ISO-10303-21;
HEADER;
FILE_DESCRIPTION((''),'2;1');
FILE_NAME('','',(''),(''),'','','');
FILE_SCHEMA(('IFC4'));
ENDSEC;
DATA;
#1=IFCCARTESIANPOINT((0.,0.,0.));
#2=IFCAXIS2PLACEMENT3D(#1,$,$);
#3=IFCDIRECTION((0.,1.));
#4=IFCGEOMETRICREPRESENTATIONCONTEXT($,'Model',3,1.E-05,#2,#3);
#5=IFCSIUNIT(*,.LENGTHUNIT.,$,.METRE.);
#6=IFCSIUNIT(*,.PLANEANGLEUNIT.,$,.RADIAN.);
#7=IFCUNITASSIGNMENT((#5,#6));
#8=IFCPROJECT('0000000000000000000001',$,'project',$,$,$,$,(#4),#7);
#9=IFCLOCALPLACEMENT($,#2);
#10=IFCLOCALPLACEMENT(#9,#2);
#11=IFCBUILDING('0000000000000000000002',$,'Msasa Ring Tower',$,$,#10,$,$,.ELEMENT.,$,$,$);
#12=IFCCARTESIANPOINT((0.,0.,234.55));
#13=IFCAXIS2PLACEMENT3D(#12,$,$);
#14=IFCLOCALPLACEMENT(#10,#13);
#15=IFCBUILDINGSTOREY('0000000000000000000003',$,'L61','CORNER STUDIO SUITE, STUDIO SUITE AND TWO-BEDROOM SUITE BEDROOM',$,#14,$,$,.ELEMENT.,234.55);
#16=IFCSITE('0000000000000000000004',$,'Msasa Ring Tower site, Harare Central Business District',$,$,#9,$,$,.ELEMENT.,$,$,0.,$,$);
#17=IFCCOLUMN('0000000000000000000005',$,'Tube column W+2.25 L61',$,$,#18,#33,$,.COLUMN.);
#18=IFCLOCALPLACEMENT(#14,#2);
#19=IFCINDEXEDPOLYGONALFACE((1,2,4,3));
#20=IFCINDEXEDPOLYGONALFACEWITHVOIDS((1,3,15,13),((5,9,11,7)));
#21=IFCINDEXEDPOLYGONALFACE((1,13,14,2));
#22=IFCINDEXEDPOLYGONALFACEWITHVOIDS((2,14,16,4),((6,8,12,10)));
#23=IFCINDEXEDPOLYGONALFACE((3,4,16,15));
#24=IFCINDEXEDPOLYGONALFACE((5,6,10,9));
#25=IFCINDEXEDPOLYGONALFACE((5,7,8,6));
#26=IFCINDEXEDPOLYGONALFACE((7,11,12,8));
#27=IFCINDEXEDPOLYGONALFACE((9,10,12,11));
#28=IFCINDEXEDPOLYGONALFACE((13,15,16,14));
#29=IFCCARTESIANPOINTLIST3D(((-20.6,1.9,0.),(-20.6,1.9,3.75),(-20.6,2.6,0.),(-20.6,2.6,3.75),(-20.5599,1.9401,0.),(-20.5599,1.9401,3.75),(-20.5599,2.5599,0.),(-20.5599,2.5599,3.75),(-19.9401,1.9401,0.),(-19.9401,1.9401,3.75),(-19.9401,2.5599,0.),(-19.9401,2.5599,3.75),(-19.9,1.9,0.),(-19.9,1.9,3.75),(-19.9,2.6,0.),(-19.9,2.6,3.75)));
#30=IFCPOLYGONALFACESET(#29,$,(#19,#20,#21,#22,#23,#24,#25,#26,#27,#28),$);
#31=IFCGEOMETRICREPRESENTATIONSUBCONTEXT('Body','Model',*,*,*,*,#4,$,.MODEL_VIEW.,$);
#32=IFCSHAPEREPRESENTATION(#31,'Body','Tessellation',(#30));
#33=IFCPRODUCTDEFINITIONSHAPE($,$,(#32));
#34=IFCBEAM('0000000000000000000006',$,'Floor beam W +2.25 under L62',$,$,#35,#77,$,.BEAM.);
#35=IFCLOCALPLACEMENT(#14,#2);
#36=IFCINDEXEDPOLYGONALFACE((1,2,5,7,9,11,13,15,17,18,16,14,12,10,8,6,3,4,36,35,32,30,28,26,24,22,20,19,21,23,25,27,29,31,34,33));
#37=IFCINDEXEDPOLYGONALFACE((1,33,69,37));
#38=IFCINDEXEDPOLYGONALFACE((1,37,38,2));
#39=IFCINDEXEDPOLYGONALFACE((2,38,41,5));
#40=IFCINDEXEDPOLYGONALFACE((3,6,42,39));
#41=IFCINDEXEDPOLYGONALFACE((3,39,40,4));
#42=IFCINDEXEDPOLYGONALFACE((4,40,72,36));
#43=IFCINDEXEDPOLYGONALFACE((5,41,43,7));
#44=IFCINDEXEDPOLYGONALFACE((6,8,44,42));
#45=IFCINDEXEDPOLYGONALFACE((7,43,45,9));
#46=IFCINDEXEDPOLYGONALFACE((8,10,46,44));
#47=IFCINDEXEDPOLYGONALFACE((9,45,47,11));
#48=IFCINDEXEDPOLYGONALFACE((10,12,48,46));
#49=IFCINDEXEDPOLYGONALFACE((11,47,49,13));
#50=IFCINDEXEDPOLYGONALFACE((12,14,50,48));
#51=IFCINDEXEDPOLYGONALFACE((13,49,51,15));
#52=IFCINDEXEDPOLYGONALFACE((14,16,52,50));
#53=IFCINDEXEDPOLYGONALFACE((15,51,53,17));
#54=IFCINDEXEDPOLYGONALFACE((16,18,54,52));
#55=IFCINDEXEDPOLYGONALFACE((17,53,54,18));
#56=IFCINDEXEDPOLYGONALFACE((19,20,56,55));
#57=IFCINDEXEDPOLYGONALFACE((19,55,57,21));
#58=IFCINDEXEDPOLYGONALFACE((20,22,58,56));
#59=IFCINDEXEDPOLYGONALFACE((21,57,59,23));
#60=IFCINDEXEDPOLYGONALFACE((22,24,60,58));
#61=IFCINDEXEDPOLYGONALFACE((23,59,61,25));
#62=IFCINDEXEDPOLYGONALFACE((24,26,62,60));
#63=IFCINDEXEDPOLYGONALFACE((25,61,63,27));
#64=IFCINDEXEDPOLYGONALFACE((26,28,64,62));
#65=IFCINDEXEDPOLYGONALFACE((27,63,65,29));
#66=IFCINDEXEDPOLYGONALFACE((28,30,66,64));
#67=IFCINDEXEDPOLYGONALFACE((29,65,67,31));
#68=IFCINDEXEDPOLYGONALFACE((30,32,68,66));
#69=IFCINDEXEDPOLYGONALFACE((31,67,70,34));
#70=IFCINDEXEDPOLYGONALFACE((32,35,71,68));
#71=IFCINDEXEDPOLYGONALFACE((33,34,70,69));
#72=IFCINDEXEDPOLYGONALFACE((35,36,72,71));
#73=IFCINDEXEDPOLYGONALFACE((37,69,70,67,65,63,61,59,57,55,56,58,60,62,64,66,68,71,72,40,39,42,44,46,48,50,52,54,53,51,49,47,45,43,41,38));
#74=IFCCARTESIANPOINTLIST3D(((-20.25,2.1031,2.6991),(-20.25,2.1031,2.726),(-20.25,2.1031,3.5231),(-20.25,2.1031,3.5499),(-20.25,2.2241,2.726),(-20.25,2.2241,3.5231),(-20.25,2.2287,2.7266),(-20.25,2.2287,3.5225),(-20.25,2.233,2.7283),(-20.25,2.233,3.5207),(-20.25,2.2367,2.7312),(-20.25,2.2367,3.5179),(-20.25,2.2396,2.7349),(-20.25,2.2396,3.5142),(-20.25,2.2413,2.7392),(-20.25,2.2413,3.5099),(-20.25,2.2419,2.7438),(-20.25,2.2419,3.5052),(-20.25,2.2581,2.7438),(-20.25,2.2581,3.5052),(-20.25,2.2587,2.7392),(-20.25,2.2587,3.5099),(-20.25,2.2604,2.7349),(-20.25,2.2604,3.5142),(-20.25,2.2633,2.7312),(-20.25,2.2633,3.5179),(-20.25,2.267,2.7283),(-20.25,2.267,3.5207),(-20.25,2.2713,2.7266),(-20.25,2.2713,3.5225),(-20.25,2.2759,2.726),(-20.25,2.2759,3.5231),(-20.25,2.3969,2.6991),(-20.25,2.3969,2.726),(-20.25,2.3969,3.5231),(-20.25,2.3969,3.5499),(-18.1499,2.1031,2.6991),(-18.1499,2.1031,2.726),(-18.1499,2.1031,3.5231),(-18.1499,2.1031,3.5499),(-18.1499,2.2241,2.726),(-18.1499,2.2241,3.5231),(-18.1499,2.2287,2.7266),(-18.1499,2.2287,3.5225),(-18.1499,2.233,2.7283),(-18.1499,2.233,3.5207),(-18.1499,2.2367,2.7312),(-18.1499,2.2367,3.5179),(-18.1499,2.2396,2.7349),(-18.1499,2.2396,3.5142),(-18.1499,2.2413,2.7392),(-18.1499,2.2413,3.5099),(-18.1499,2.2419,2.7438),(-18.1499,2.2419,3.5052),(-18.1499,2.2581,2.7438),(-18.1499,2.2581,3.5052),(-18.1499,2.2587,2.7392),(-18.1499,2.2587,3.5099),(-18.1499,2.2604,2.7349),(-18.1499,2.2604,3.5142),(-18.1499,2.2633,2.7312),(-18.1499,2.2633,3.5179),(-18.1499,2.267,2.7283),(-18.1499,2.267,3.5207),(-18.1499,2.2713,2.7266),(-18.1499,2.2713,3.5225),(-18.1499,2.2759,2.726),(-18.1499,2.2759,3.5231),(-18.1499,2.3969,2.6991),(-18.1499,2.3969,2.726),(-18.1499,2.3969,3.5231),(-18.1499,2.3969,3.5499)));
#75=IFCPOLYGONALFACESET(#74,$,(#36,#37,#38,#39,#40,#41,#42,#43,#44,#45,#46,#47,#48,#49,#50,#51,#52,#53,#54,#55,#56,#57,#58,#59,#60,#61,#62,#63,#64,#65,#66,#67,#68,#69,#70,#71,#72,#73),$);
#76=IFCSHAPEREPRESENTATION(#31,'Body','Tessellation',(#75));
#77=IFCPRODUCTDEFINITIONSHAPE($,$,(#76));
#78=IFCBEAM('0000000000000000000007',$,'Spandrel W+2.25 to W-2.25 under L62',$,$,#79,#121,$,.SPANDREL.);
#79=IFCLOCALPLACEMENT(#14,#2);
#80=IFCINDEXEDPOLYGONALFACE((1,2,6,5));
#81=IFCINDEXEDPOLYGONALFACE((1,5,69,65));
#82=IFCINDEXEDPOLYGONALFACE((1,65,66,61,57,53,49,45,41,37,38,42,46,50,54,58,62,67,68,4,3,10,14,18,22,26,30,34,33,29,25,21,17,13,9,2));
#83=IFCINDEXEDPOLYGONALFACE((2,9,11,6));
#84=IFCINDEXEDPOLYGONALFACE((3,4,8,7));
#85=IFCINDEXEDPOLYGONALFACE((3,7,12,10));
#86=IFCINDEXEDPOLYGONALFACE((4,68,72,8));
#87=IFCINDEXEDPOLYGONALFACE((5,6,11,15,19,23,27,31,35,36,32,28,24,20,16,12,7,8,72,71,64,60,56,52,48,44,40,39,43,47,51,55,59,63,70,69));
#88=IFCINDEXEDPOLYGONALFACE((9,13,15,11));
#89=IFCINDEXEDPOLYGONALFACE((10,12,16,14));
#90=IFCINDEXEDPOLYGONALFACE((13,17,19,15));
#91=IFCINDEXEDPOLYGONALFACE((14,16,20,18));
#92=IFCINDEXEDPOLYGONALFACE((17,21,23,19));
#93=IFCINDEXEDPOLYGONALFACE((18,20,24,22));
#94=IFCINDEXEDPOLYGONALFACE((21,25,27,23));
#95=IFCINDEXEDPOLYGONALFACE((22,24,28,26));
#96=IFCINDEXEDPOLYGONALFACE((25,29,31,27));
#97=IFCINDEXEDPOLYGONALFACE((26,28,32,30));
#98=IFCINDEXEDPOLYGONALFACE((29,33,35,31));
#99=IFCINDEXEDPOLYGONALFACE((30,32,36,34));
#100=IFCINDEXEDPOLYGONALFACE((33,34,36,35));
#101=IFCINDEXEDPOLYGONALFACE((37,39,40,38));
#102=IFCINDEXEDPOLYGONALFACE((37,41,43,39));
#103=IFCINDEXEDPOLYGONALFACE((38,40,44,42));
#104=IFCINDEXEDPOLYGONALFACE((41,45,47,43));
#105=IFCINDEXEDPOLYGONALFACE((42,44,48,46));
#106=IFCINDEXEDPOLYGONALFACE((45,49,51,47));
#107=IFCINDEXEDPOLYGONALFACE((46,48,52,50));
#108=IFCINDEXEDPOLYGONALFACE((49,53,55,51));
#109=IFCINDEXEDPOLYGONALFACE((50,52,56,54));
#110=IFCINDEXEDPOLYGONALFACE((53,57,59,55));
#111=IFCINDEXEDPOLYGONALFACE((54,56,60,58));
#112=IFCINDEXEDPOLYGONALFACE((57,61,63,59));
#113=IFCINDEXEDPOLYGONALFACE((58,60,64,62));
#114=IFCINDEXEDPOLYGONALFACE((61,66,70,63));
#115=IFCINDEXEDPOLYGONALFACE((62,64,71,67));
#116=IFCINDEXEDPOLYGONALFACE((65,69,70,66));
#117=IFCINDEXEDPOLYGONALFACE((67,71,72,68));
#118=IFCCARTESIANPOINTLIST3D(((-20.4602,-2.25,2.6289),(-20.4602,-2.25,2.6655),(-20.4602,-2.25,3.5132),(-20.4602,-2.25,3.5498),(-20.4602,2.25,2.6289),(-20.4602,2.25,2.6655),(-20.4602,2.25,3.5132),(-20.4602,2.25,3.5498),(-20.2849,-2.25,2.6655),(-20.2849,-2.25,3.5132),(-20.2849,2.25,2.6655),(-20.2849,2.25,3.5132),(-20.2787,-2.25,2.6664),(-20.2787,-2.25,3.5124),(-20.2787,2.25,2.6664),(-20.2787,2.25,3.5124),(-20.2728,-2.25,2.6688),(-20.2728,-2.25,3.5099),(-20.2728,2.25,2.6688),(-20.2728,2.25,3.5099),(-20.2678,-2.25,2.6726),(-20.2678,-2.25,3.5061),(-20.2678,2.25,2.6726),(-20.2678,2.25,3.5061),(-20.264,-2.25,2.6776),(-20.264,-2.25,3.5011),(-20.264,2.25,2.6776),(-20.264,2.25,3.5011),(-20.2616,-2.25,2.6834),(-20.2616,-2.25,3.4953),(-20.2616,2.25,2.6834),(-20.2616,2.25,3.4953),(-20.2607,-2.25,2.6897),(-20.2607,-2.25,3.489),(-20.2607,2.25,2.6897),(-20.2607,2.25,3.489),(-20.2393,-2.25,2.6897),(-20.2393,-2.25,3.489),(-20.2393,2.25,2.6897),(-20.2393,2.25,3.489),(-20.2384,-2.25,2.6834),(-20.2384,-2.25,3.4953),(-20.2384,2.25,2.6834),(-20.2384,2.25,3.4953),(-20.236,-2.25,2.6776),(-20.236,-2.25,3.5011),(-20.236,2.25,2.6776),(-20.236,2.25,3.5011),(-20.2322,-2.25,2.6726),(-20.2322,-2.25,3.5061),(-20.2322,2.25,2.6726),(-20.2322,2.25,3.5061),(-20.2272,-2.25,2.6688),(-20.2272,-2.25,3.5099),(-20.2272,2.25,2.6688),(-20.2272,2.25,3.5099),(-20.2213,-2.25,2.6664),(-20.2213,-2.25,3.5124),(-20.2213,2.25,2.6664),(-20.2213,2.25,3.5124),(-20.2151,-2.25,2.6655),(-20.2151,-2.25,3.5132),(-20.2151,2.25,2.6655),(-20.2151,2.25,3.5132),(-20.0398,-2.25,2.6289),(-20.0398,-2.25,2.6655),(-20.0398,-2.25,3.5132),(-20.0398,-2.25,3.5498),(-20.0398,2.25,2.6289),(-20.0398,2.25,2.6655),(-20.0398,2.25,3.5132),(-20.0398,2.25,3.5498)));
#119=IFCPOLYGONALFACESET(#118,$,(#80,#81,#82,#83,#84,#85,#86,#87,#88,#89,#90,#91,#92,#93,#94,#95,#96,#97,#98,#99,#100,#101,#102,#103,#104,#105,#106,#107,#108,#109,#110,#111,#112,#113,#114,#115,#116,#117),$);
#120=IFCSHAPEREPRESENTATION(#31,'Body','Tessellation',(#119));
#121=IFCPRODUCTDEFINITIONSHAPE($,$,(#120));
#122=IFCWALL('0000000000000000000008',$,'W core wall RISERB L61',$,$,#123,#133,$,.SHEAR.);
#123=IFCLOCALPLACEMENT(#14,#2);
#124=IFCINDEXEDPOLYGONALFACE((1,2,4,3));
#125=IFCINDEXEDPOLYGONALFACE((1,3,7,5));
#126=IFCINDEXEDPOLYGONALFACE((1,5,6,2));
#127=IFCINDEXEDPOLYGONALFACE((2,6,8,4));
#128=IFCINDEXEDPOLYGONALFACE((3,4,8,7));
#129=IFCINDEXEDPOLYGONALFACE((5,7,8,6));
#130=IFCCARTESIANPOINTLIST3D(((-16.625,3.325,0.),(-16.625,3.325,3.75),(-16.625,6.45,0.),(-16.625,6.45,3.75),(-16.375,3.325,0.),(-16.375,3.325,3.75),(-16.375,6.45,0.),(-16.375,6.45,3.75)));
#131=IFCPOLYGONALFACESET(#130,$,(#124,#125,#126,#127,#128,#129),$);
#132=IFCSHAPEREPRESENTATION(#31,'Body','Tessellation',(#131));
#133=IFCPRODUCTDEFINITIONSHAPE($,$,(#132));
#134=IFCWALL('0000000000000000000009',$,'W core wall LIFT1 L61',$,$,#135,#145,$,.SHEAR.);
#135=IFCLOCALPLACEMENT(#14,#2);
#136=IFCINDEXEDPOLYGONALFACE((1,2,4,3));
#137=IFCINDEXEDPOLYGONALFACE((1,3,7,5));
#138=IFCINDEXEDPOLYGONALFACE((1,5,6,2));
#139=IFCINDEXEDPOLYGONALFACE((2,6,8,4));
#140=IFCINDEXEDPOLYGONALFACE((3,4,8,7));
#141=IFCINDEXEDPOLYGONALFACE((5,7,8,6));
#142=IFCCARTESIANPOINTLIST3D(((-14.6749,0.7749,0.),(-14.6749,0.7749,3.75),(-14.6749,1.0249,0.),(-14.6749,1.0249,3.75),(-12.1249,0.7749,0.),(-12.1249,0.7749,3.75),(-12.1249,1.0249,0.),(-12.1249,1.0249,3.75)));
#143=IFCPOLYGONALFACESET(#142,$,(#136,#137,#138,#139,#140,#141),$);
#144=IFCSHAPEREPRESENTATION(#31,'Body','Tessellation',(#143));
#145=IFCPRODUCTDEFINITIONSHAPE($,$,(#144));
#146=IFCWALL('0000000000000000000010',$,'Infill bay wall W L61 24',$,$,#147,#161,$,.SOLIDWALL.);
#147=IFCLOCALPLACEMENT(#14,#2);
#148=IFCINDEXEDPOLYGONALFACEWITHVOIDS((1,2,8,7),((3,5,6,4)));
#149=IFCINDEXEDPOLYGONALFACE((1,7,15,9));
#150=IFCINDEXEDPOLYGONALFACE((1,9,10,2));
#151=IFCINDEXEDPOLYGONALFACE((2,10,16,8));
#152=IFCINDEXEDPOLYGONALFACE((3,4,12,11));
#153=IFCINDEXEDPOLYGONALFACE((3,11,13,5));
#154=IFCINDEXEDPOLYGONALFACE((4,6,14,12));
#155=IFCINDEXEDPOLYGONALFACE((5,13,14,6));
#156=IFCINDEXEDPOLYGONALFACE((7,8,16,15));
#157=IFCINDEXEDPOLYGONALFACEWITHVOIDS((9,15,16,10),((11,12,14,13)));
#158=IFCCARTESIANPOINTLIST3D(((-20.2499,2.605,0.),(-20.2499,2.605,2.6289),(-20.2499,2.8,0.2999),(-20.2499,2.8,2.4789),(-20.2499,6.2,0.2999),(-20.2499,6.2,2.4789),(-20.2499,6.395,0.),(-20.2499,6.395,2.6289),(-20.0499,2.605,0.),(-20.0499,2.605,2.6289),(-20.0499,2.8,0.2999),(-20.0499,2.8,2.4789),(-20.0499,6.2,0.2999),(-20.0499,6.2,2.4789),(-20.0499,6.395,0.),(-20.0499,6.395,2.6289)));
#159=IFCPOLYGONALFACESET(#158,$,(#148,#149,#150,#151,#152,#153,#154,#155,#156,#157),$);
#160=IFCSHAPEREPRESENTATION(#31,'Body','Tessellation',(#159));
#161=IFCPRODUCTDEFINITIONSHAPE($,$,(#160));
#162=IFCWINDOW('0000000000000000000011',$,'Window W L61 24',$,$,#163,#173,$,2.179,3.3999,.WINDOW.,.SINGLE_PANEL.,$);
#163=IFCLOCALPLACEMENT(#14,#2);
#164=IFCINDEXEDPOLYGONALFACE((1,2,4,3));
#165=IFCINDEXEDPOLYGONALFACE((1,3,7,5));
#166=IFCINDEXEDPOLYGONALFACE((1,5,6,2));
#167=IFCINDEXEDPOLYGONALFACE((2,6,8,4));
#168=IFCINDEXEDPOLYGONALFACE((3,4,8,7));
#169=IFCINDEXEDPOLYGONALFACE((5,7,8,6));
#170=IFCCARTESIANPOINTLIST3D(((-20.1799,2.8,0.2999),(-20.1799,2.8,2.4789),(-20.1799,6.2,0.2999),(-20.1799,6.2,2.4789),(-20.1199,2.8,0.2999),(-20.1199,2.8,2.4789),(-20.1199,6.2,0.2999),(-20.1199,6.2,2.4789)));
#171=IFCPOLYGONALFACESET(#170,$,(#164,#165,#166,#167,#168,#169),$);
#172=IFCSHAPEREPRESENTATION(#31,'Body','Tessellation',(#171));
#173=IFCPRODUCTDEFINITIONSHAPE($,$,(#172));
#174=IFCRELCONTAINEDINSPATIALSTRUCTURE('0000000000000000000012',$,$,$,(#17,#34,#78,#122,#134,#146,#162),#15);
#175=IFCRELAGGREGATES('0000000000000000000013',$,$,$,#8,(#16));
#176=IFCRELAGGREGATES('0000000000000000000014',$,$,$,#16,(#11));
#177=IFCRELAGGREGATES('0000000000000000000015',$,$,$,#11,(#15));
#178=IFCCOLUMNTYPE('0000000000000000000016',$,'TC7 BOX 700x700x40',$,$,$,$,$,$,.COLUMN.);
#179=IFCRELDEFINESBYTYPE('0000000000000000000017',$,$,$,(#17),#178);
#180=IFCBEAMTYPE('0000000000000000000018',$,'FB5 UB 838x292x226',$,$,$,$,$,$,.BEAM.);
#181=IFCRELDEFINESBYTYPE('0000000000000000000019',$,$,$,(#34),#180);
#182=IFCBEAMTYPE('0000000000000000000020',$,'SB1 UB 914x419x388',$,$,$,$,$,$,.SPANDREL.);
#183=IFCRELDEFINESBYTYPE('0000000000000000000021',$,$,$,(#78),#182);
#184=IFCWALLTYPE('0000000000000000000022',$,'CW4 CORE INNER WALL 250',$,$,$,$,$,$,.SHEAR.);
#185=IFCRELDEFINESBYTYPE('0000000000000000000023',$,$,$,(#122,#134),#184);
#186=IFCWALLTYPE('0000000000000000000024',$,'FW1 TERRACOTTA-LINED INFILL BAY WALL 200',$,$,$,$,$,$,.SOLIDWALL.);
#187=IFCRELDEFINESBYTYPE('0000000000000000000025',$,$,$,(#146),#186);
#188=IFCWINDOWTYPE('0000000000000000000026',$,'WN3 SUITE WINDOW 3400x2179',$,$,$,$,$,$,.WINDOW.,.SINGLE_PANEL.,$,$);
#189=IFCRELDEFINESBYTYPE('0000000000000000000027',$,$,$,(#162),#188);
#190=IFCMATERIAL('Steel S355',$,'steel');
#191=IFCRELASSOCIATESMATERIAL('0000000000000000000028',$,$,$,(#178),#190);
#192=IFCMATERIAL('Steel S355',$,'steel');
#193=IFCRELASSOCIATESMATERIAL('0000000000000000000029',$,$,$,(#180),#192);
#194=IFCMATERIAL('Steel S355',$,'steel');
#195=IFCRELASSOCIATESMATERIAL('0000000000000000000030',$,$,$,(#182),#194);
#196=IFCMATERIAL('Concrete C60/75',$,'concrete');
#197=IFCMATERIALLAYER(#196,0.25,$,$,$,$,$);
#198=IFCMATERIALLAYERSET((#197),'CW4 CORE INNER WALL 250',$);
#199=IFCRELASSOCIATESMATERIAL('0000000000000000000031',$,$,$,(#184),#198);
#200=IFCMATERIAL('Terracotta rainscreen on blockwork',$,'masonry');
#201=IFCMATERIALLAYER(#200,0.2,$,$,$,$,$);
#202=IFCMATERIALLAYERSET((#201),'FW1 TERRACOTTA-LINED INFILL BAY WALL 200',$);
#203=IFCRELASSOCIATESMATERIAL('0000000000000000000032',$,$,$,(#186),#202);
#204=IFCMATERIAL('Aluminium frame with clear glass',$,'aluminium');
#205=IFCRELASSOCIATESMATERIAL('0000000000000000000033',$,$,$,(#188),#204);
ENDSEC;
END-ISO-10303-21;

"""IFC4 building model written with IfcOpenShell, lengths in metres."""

from ifc_helpers import new_model, si_unit, direction, frame, frame_2d, origin, origin_2d, place, context, subcontext, project, spatial, rectangle, hollow_rectangle, i_section, extrude, material, layer, layer_set, material_profile, profile_set, type_object, element, fill, save


model = new_model("IFC4")

# Units and contexts
model_context = context("Model", 3, precision=1e-05, world=origin(), true_north=direction((0.0, 1.0)))
body_context = subcontext(model_context, "Body", "Model", "MODEL_VIEW")
ifc_project = project(units=[si_unit("LENGTHUNIT", "METRE"), si_unit("PLANEANGLEUNIT", "RADIAN")], contexts=[model_context])

# Site, building, storey
site_placement = place(None, origin())
site = spatial("IfcSite", under=ifc_project, at=site_placement, Name="Msasa Ring Tower site, Harare Central Business District", CompositionType="ELEMENT", RefElevation=0.0)
building_placement = place(site_placement, origin())
building = spatial("IfcBuilding", under=site, at=building_placement, Name="Msasa Ring Tower", CompositionType="ELEMENT")
storey_placement = place(building_placement, frame((0.0, 0.0, 234.55)))
storey = spatial("IfcBuildingStorey", under=building, at=storey_placement, Name="L61", Description="CORNER STUDIO SUITE, STUDIO SUITE AND TWO-BEDROOM SUITE BEDROOM", CompositionType="ELEMENT", Elevation=234.55)

# Column
ifc_material_1 = material(Name="Steel S355", Category="steel")
ifc_material_profile_1 = material_profile(ifc_material_1, hollow_rectangle(XDim=0.7, YDim=0.7, WallThickness=0.04, at=origin_2d()), Name="BOX 700x700x40")
ifc_profile_set_1 = profile_set([ifc_material_profile_1], Name="Steel S355")
column_type = type_object("IfcColumnType", Name="TC7 BOX 700x700x40", PredefinedType="COLUMN", material=ifc_profile_set_1)
column_placement = place(storey_placement, frame((-20.25, 2.25, 0.0), z_axis=(0.0, 0.0, 1.0), x_axis=(1.0, 0.0, 0.0)))
element("IfcColumn", 1, at=column_placement, inside=storey, type_object=column_type, Name="Tube column W+2.25 L61", PredefinedType="COLUMN", context=body_context, shape_type="SweptSolid", body=[
    extrude(hollow_rectangle(XDim=0.7, YDim=0.7, WallThickness=0.04, at=origin_2d()), origin(), (0.0, 0.0, 1.0), 3.75),
])

# Beams
ifc_material_2 = material(Name="Steel S355", Category="steel")
ifc_material_profile_2 = material_profile(ifc_material_2, i_section(OverallWidth=0.2937, OverallDepth=0.8508, WebThickness=0.0161, FlangeThickness=0.0269, FilletRadius=0.0178, at=origin_2d()), Name="UB 838x292x226")
ifc_profile_set_2 = profile_set([ifc_material_profile_2], Name="Steel S355")
beam_type_1 = type_object("IfcBeamType", Name="FB5 UB 838x292x226", PredefinedType="BEAM", material=ifc_profile_set_2)
beam_1_placement = place(storey_placement, frame((-20.25, 2.25, 3.1245), z_axis=(1.0, 0.0, 0.0), x_axis=(0.0, 1.0, 0.0)))
element("IfcBeam", 2, at=beam_1_placement, inside=storey, type_object=beam_type_1, Name="Floor beam W +2.25 under L62", PredefinedType="BEAM", context=body_context, shape_type="SweptSolid", body=[
    extrude(i_section(OverallWidth=0.2937, OverallDepth=0.8508, WebThickness=0.0161, FlangeThickness=0.0269, FilletRadius=0.0178, at=origin_2d()), origin(), (0.0, 0.0, 1.0), 2.1001),
])
ifc_material_3 = material(Name="Steel S355", Category="steel")
ifc_material_profile_3 = material_profile(ifc_material_3, i_section(OverallWidth=0.4204, OverallDepth=0.9209, WebThickness=0.0215, FlangeThickness=0.0366, FilletRadius=0.0242, at=origin_2d()), Name="UB 914x419x388")
ifc_profile_set_3 = profile_set([ifc_material_profile_3], Name="Steel S355")
beam_type_2 = type_object("IfcBeamType", Name="SB1 UB 914x419x388", PredefinedType="SPANDREL", material=ifc_profile_set_3)
beam_2_placement = place(storey_placement, frame((-20.25, 2.25, 3.0894), z_axis=(0.0, -1.0, 0.0), x_axis=(1.0, 0.0, 0.0)))
element("IfcBeam", 3, at=beam_2_placement, inside=storey, type_object=beam_type_2, Name="Spandrel W+2.25 to W-2.25 under L62", PredefinedType="SPANDREL", context=body_context, shape_type="SweptSolid", body=[
    extrude(i_section(OverallWidth=0.4204, OverallDepth=0.9209, WebThickness=0.0215, FlangeThickness=0.0366, FilletRadius=0.0242, at=origin_2d()), origin(), (0.0, 0.0, 1.0), 4.5),
])

# Walls
ifc_material_4 = material(Name="Concrete C60/75", Category="concrete")
ifc_layer_1 = layer(ifc_material_4, 0.25)
ifc_layer_set_1 = layer_set([ifc_layer_1], Name="CW4 CORE INNER WALL 250")
wall_type_1 = type_object("IfcWallType", Name="CW4 CORE INNER WALL 250", PredefinedType="SHEAR", material=ifc_layer_set_1)
wall_1_placement = place(storey_placement, frame((-16.5, 3.325, 0.0), z_axis=(0.0, 0.0, 1.0), x_axis=(0.0, 1.0, 0.0)))
element("IfcWall", 4, at=wall_1_placement, inside=storey, type_object=wall_type_1, Name="W core wall RISERB L61", PredefinedType="SHEAR", context=body_context, shape_type="SweptSolid", body=[
    extrude(rectangle(XDim=3.125, YDim=0.25, at=frame_2d((1.5625, 0.0))), origin(), (0.0, 0.0, 1.0), 3.75),
])
wall_2_placement = place(storey_placement, frame((-12.125, 0.8999, 0.0), z_axis=(0.0, 0.0, 1.0), x_axis=(-1.0, 0.0, 0.0)))
element("IfcWall", 5, at=wall_2_placement, inside=storey, type_object=wall_type_1, Name="W core wall LIFT1 L61", PredefinedType="SHEAR", context=body_context, shape_type="SweptSolid", body=[
    extrude(rectangle(XDim=2.55, YDim=0.25, at=frame_2d((1.2749, 0.0))), origin(), (0.0, 0.0, 1.0), 3.75),
])

# Wall, opening, window
ifc_material_5 = material(Name="Terracotta rainscreen on blockwork", Category="masonry")
ifc_layer_2 = layer(ifc_material_5, 0.2)
ifc_layer_set_2 = layer_set([ifc_layer_2], Name="FW1 TERRACOTTA-LINED INFILL BAY WALL 200")
wall_type_2 = type_object("IfcWallType", Name="FW1 TERRACOTTA-LINED INFILL BAY WALL 200", PredefinedType="SOLIDWALL", material=ifc_layer_set_2)
wall_3_placement = place(storey_placement, frame((-20.1499, 2.605, 0.0), z_axis=(0.0, 0.0, 1.0), x_axis=(0.0, 1.0, 0.0)))
wall_3 = element("IfcWall", 6, at=wall_3_placement, inside=storey, type_object=wall_type_2, Name="Infill bay wall W L61 24", PredefinedType="SOLIDWALL", context=body_context, shape_type="SweptSolid", body=[
    extrude(rectangle(XDim=3.79, YDim=0.2, at=frame_2d((1.895, 0.0))), origin(), (0.0, 0.0, 1.0), 2.6289),
])
opening_1_placement = place(wall_3_placement, frame((0.1951, 0.0, 0.3)))
opening_1 = element("IfcOpeningElement", 7, at=opening_1_placement, cuts=wall_3, PredefinedType="OPENING", context=body_context, shape_type="SweptSolid", body=[
    extrude(rectangle(XDim=3.3999, YDim=2.179, at=frame_2d((1.7, 1.0894))), frame((0.0, 0.1099, 0.0), z_axis=(0.0, -1.0, 0.0), x_axis=(1.0, 0.0, 0.0)), (0.0, 0.0, 1.0), 0.22),
])
ifc_material_6 = material(Name="Aluminium frame with clear glass", Category="aluminium")
window_type = type_object("IfcWindowType", Name="WN3 SUITE WINDOW 3400x2179", PartitioningType="SINGLE_PANEL", PredefinedType="WINDOW", material=ifc_material_6)
window_placement = place(opening_1_placement, origin())
window = element("IfcWindow", 8, at=window_placement, inside=storey, type_object=window_type, Name="Window W L61 24", OverallHeight=2.179, OverallWidth=3.3999, PartitioningType="SINGLE_PANEL", PredefinedType="WINDOW", context=body_context, shape_type="SweptSolid", body=[
    extrude(rectangle(XDim=3.3999, YDim=2.179, at=frame_2d((1.7, 1.0894))), frame((0.0, 0.03, 0.0), z_axis=(0.0, -1.0, 0.0), x_axis=(1.0, 0.0, 0.0)), (0.0, 0.0, 1.0), 0.0601),
])
fill(opening_1, window)

save(model, "model.ifc")
